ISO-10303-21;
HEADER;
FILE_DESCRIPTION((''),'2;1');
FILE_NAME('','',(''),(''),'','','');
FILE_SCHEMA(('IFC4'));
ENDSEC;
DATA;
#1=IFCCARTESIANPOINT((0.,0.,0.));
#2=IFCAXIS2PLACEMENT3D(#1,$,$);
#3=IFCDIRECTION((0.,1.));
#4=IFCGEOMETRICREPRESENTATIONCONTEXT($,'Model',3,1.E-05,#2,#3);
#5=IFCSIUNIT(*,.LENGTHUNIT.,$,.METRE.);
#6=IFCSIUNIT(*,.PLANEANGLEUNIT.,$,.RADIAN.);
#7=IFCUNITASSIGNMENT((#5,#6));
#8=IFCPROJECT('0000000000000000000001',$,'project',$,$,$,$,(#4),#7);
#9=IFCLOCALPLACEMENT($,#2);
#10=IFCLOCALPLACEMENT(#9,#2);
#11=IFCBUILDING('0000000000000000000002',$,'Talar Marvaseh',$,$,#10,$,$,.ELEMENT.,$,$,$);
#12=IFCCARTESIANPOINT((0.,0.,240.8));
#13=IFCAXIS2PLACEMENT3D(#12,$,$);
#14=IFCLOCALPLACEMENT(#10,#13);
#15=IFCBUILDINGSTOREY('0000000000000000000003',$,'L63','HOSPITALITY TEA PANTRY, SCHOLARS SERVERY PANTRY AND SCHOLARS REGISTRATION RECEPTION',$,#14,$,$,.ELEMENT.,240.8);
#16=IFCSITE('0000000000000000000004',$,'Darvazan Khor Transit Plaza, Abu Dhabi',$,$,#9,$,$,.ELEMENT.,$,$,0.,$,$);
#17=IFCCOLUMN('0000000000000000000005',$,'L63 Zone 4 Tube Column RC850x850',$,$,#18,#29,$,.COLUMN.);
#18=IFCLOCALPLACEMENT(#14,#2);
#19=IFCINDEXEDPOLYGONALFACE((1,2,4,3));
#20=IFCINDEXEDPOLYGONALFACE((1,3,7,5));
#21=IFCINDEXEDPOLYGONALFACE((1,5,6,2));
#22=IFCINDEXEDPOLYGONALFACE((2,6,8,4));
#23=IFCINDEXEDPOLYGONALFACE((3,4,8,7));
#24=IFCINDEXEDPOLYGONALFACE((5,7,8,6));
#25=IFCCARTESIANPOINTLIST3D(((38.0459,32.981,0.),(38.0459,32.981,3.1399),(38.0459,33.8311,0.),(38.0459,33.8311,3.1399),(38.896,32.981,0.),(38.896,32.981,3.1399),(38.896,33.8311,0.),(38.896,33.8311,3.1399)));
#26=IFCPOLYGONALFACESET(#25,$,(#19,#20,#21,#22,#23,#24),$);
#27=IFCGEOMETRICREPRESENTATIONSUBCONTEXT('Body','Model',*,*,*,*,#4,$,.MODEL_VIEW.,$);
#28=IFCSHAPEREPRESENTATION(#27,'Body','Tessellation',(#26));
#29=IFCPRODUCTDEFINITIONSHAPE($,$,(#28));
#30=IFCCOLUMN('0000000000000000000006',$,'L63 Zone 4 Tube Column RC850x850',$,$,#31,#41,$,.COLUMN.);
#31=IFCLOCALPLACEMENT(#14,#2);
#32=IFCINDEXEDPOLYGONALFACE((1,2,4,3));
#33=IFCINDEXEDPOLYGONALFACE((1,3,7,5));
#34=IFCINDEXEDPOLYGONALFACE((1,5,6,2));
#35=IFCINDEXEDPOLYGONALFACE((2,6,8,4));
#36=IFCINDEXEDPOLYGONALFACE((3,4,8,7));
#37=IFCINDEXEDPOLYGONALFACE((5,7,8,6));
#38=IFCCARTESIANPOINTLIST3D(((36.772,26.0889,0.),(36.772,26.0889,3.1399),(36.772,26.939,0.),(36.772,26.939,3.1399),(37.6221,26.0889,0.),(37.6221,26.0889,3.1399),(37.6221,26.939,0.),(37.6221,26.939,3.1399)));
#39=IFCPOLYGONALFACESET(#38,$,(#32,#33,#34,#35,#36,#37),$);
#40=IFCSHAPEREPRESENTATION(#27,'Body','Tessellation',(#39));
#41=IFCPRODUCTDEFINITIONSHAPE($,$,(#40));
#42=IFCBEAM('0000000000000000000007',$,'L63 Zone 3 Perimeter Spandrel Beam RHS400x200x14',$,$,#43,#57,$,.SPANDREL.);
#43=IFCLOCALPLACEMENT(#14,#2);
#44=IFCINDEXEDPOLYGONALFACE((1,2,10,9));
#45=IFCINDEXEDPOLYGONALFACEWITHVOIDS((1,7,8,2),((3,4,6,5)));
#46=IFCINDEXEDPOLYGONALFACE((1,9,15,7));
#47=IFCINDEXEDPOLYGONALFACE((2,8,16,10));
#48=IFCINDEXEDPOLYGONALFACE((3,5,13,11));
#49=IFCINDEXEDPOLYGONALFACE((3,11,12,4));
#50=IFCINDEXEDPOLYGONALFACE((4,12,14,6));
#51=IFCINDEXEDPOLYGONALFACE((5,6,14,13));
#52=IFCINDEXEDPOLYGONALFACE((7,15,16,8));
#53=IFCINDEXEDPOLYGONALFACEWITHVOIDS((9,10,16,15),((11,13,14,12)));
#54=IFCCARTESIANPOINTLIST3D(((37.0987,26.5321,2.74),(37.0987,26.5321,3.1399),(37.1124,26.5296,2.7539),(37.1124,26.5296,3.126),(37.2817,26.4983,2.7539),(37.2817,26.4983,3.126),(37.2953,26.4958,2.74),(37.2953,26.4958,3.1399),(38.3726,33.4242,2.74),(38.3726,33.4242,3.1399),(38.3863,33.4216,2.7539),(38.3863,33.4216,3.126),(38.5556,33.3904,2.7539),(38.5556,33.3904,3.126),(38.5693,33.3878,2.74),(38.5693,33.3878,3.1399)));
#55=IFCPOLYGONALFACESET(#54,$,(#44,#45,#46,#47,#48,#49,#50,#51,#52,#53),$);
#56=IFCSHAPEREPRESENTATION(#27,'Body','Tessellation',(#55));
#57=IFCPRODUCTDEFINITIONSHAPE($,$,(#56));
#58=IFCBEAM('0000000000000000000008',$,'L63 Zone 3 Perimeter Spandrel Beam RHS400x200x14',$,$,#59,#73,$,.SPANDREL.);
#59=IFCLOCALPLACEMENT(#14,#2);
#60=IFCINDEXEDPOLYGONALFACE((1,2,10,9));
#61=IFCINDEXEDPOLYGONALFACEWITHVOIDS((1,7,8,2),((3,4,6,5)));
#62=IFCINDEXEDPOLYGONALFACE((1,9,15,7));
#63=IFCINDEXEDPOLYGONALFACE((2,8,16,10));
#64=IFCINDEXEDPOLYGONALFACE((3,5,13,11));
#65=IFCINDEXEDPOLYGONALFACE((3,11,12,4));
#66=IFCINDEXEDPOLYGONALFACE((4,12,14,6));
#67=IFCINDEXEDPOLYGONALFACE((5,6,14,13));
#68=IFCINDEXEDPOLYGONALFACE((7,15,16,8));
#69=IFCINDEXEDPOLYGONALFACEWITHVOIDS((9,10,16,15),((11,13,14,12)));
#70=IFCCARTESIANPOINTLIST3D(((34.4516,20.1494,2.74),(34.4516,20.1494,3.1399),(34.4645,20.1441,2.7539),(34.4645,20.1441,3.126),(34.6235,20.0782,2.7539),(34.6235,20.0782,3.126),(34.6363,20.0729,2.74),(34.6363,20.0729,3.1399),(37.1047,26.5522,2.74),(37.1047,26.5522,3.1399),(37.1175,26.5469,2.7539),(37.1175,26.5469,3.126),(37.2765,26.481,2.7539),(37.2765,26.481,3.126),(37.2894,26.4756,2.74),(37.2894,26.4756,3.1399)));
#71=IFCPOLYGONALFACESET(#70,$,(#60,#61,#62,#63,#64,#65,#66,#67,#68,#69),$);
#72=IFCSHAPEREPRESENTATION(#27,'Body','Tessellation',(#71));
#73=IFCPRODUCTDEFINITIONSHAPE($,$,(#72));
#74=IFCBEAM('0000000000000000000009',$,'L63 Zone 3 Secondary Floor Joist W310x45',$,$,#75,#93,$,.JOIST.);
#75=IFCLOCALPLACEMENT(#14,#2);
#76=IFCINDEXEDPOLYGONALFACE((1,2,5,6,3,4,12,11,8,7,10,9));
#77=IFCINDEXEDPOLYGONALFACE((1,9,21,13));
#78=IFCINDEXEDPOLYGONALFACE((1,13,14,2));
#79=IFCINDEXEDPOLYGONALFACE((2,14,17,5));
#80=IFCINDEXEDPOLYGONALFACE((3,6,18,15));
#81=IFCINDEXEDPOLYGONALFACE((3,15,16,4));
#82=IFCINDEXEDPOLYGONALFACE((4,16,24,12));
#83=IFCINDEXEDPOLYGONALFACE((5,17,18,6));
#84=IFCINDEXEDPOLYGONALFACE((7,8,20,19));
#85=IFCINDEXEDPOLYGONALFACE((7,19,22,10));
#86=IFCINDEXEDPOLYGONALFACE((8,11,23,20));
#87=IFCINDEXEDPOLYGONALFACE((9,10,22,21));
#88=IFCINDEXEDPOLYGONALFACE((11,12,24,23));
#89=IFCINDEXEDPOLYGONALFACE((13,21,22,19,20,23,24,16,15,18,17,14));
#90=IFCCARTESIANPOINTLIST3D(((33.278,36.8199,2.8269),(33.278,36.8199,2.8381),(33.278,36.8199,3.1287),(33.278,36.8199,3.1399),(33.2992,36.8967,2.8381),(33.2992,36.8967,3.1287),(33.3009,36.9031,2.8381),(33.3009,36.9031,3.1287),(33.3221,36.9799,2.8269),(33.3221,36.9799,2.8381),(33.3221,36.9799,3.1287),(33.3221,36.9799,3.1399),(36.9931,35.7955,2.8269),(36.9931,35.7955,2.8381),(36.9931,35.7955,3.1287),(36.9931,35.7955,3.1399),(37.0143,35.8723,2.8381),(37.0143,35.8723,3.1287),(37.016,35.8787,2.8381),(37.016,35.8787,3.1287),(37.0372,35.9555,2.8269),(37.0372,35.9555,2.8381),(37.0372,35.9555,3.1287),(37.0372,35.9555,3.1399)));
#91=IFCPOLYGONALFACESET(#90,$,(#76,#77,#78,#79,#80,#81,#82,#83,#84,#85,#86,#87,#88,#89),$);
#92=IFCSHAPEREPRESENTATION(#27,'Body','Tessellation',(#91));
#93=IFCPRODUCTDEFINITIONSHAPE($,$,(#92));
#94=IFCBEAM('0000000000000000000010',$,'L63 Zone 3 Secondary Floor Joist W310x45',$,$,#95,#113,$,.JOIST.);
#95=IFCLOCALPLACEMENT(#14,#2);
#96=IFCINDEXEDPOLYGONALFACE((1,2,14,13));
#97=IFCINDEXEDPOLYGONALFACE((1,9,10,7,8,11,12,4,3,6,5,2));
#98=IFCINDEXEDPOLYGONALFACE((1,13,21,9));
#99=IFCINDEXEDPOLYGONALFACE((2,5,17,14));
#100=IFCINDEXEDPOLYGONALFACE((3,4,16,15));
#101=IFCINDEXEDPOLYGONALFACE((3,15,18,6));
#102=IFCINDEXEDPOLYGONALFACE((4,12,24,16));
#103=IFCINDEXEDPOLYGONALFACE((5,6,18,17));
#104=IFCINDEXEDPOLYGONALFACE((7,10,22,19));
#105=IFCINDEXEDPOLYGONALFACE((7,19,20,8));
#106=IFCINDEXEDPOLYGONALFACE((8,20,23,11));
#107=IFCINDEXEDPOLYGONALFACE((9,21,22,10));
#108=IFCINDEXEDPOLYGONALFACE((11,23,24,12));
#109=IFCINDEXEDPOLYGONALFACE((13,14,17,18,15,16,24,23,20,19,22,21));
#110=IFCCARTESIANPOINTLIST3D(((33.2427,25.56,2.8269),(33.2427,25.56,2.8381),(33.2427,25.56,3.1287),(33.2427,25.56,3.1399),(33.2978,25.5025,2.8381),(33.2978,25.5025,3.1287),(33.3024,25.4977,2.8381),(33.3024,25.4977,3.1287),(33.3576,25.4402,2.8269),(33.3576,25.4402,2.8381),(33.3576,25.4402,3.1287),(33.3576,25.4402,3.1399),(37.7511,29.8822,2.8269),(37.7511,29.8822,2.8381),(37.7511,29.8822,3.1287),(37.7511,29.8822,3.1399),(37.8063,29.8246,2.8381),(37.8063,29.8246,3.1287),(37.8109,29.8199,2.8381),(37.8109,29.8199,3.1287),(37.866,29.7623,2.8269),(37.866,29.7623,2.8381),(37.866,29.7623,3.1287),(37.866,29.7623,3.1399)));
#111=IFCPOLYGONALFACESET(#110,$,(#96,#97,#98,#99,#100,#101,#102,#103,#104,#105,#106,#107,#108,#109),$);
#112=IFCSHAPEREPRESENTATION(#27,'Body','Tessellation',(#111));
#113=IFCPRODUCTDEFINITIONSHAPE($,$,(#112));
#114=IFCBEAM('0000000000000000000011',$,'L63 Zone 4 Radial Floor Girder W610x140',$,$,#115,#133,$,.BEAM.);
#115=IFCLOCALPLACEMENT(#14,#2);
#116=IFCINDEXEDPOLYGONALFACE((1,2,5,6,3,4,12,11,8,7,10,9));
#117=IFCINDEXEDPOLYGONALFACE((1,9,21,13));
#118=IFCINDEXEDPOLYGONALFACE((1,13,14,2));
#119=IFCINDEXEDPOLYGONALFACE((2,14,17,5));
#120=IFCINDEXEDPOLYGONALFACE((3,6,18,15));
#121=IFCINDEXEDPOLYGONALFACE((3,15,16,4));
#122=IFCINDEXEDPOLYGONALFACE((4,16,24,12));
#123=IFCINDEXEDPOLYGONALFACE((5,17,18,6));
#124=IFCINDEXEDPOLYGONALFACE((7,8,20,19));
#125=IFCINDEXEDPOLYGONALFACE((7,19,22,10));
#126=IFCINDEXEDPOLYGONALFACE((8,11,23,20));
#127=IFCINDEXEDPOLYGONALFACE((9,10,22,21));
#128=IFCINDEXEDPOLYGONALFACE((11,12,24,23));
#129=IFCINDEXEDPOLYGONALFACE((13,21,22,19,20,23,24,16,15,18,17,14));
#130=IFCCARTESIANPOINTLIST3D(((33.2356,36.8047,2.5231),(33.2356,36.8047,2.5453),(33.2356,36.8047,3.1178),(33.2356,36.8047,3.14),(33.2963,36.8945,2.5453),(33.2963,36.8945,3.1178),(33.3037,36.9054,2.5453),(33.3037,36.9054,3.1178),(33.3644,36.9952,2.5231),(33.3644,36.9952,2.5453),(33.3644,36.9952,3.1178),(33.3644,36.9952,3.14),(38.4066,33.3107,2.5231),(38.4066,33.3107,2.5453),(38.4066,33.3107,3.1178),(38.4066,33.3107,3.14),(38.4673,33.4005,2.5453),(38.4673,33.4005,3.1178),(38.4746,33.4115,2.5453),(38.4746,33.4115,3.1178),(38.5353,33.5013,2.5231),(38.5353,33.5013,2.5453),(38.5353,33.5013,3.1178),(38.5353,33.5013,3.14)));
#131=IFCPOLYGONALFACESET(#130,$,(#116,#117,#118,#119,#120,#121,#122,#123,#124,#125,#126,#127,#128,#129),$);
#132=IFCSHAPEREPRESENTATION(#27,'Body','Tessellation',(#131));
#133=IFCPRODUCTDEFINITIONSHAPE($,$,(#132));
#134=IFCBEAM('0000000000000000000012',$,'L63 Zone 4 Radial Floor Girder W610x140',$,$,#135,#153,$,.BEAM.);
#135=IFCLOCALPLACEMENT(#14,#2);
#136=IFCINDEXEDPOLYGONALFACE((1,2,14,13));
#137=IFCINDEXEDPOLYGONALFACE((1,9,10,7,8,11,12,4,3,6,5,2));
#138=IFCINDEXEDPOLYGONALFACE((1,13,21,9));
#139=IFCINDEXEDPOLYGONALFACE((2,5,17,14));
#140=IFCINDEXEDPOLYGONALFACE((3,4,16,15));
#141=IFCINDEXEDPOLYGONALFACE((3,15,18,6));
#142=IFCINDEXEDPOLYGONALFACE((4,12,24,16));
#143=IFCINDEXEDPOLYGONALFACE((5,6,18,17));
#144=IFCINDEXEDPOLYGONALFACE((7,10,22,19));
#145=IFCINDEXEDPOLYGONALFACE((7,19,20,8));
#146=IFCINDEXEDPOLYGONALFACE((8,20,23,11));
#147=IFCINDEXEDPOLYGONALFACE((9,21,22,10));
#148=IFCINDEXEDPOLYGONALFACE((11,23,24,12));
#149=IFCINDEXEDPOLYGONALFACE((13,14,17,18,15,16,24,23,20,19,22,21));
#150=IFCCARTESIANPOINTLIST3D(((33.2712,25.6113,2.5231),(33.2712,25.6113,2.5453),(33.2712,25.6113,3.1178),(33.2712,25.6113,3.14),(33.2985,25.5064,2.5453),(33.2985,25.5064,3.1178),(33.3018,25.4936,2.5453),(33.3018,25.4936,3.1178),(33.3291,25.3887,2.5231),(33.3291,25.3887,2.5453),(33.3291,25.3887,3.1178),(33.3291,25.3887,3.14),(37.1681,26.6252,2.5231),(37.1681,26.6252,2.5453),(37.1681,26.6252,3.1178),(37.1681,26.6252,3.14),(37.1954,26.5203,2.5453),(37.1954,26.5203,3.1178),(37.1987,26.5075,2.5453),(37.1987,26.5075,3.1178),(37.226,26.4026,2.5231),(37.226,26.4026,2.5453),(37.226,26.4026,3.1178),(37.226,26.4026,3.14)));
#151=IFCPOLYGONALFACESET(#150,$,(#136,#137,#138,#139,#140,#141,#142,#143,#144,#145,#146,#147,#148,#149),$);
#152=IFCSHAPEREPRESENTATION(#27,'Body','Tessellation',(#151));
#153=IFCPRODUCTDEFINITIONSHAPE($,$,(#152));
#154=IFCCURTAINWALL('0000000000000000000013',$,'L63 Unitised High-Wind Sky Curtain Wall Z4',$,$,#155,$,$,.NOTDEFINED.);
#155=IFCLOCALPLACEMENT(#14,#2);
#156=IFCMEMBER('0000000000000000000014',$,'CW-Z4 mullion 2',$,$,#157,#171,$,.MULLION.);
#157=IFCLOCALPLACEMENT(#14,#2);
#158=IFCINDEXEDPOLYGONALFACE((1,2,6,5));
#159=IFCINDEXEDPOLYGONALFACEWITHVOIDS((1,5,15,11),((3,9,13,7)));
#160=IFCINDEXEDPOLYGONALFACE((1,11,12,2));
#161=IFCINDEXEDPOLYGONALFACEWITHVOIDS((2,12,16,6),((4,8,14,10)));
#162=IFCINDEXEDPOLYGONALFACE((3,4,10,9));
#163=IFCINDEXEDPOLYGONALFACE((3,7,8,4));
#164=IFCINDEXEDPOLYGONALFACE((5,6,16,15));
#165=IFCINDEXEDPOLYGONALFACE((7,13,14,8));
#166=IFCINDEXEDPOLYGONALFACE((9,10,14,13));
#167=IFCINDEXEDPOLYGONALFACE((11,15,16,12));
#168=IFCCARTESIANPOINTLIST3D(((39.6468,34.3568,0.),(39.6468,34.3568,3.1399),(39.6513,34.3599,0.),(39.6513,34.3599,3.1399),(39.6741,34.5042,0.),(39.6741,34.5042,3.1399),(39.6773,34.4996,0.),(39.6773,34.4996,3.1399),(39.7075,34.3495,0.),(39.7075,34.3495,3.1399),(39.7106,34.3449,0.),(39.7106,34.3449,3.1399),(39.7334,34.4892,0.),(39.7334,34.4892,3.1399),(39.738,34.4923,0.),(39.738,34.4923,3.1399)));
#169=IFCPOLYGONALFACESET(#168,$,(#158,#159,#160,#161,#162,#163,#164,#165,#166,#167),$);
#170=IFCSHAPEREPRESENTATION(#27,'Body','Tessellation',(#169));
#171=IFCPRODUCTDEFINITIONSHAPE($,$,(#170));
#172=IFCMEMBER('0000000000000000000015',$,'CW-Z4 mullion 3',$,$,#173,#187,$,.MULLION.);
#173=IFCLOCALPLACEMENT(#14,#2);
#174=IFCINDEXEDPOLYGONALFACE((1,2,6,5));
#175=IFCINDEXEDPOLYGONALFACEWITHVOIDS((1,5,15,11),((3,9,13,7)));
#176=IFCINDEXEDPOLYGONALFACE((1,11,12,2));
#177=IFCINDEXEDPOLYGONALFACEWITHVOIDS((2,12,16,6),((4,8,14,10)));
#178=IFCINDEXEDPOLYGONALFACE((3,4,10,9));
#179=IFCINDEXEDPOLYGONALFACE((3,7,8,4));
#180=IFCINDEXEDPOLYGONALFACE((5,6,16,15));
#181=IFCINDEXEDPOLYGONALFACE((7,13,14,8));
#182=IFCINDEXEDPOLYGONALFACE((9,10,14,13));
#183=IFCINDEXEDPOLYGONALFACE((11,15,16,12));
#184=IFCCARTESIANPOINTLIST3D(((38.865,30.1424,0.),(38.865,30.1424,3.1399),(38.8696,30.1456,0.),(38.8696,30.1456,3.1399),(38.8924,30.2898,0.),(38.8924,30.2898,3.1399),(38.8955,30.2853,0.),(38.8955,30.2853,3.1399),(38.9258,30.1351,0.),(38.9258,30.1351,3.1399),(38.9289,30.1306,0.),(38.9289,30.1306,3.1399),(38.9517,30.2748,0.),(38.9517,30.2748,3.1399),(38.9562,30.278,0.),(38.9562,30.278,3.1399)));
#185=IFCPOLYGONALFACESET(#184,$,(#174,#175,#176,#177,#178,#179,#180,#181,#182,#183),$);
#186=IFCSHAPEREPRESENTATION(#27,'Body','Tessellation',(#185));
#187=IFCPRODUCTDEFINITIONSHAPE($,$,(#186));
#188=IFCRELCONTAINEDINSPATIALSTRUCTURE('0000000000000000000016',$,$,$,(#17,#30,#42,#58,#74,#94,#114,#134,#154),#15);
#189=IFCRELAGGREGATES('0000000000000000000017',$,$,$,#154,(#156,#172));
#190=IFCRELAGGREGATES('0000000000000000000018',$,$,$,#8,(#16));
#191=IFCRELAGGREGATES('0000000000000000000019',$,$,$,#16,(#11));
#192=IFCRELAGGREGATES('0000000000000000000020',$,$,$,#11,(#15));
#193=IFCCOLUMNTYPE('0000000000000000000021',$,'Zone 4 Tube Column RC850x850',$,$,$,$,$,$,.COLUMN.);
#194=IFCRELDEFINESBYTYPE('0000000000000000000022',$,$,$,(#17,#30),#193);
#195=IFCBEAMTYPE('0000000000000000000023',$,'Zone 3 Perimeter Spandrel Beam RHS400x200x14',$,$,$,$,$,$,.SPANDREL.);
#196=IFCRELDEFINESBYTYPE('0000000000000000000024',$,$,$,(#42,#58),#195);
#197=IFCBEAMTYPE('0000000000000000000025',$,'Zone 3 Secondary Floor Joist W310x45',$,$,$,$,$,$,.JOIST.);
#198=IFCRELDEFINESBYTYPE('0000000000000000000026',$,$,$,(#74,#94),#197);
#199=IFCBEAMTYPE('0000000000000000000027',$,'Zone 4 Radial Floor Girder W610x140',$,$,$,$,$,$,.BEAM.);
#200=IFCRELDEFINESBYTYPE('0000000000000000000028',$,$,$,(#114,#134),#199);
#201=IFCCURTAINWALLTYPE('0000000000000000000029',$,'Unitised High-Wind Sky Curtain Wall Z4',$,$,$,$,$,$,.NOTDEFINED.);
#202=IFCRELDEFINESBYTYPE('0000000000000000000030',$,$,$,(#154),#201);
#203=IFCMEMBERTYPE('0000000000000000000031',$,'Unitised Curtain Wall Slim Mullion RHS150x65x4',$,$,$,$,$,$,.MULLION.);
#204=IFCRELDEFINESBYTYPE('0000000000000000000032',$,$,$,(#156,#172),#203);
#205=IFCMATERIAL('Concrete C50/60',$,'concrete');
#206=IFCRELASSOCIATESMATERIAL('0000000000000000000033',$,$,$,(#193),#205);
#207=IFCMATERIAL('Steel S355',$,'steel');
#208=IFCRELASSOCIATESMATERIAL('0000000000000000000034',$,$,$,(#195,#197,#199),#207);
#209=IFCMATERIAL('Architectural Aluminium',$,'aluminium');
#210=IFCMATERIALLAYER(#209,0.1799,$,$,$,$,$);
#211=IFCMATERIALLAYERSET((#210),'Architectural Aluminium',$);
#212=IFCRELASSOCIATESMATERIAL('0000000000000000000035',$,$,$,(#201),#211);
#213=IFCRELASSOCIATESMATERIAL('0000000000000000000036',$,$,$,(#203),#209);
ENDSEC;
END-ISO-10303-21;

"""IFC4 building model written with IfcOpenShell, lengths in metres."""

from ifc_helpers import new_model, si_unit, direction, frame, origin, origin_2d, place, context, subcontext, project, spatial, rectangle, hollow_rectangle, i_section, extrude, source, transform, mapped, material, layer, layer_set, material_profile, profile_set, type_object, type_shapes, element, aggregate, save


model = new_model("IFC4")

# Units and contexts
model_context = context("Model", 3, precision=1e-05, world=origin(), true_north=direction((0.0, 1.0)))
body_context = subcontext(model_context, "Body", "Model", "MODEL_VIEW")
ifc_project = project(units=[si_unit("LENGTHUNIT", "METRE"), si_unit("PLANEANGLEUNIT", "RADIAN")], contexts=[model_context])

# Site, building, storey
site_placement = place(None, origin())
site = spatial("IfcSite", under=ifc_project, at=site_placement, Name="Darvazan Khor Transit Plaza, Abu Dhabi", CompositionType="ELEMENT", RefElevation=0.0)
building_placement = place(site_placement, origin())
building = spatial("IfcBuilding", under=site, at=building_placement, Name="Talar Marvaseh", CompositionType="ELEMENT")
storey_placement = place(building_placement, frame((0.0, 0.0, 240.8)))
storey = spatial("IfcBuildingStorey", under=building, at=storey_placement, Name="L63", Description="HOSPITALITY TEA PANTRY, SCHOLARS SERVERY PANTRY AND SCHOLARS REGISTRATION RECEPTION", CompositionType="ELEMENT", Elevation=240.8)

# Columns
ifc_material_1 = material(Name="Concrete C50/60", Category="concrete")
ifc_material_profile_1 = material_profile(ifc_material_1, rectangle(XDim=0.8501, YDim=0.8501, at=origin_2d()), Name="RC850x850")
ifc_profile_set_1 = profile_set([ifc_material_profile_1], Name="Concrete C50/60")
column_type = type_object("IfcColumnType", Name="Zone 4 Tube Column RC850x850", PredefinedType="COLUMN", material=ifc_profile_set_1)
for number, where, z_axis, x_axis, name in (
    (1, (38.4709, 33.406, 0.0), (0.0, 0.0, 1.0), (1.0, 0.0, 0.0), "L63 Zone 4 Tube Column RC850x850"),
    (2, (37.197, 26.5139, 0.0), (0.0, 0.0, 1.0), (1.0, 0.0, 0.0), "L63 Zone 4 Tube Column RC850x850"),
):
    element("IfcColumn", number, at=place(storey_placement, frame(where, z_axis=z_axis, x_axis=x_axis)), inside=storey, type_object=column_type, Name=name, PredefinedType="COLUMN", context=body_context, shape_type="SweptSolid", body=[
        extrude(rectangle(XDim=0.8501, YDim=0.8501, at=origin_2d()), origin(), (0.0, 0.0, 1.0), 3.1399),
    ])

# Beams
ifc_material_2 = material(Name="Steel S355", Category="steel")
ifc_material_profile_2 = material_profile(ifc_material_2, hollow_rectangle(XDim=0.2, YDim=0.3999, WallThickness=0.0139, at=origin_2d()), Name="RHS400x200x14")
ifc_profile_set_2 = profile_set([ifc_material_profile_2], Name="Steel S355")
beam_type_1 = type_object("IfcBeamType", Name="Zone 3 Perimeter Spandrel Beam RHS400x200x14", PredefinedType="SPANDREL", material=ifc_profile_set_2)
beam_1_placement = place(storey_placement, frame((38.4709, 33.406, 2.9399), z_axis=(-0.18176, -0.983343, 0.0), x_axis=(0.983343, -0.18176, 0.0)))
element("IfcBeam", 3, at=beam_1_placement, inside=storey, type_object=beam_type_1, Name="L63 Zone 3 Perimeter Spandrel Beam RHS400x200x14", PredefinedType="SPANDREL", context=body_context, shape_type="SweptSolid", body=[
    extrude(hollow_rectangle(XDim=0.2, YDim=0.3999, WallThickness=0.0139, at=origin_2d()), origin(), (0.0, 0.0, 1.0), 7.0088),
])
beam_2_placement = place(storey_placement, frame((37.197, 26.5139, 2.9399), z_axis=(-0.382799, -0.923832, 0.0), x_axis=(0.923832, -0.382799, 0.0)))
element("IfcBeam", 4, at=beam_2_placement, inside=storey, type_object=beam_type_1, Name="L63 Zone 3 Perimeter Spandrel Beam RHS400x200x14", PredefinedType="SPANDREL", context=body_context, shape_type="SweptSolid", body=[
    extrude(hollow_rectangle(XDim=0.2, YDim=0.3999, WallThickness=0.0139, at=origin_2d()), origin(), (0.0, 0.0, 1.0), 6.9307),
])
ifc_material_profile_3 = material_profile(ifc_material_2, i_section(OverallWidth=0.166, OverallDepth=0.313, WebThickness=0.0066, FlangeThickness=0.0112, at=origin_2d()), Name="W310x45")
ifc_profile_set_3 = profile_set([ifc_material_profile_3], Name="Steel S355")
beam_type_2 = type_object("IfcBeamType", Name="Zone 3 Secondary Floor Joist W310x45", PredefinedType="JOIST", material=ifc_profile_set_3)
beam_3_placement = place(storey_placement, frame((37.0151, 35.8755, 2.9834), z_axis=(-0.964022, 0.265823, 0.0), x_axis=(-0.265823, -0.964022, 0.0)))
element("IfcBeam", 5, at=beam_3_placement, inside=storey, type_object=beam_type_2, Name="L63 Zone 3 Secondary Floor Joist W310x45", PredefinedType="JOIST", context=body_context, shape_type="SweptSolid", body=[
    extrude(i_section(OverallWidth=0.166, OverallDepth=0.313, WebThickness=0.0066, FlangeThickness=0.0112, at=origin_2d()), origin(), (0.0, 0.0, 1.0), 3.8538),
])
beam_4_placement = place(storey_placement, frame((37.8086, 29.8223, 2.9834), z_axis=(-0.721862, -0.692037, 0.0), x_axis=(0.692037, -0.721862, 0.0)))
element("IfcBeam", 6, at=beam_4_placement, inside=storey, type_object=beam_type_2, Name="L63 Zone 3 Secondary Floor Joist W310x45", PredefinedType="JOIST", context=body_context, shape_type="SweptSolid", body=[
    extrude(i_section(OverallWidth=0.166, OverallDepth=0.313, WebThickness=0.0066, FlangeThickness=0.0112, at=origin_2d()), origin(), (0.0, 0.0, 1.0), 6.2456),
])
ifc_material_profile_4 = material_profile(ifc_material_2, i_section(OverallWidth=0.23, OverallDepth=0.6169, WebThickness=0.0132, FlangeThickness=0.0222, at=origin_2d()), Name="W610x140")
ifc_profile_set_4 = profile_set([ifc_material_profile_4], Name="Steel S355")
beam_type_3 = type_object("IfcBeamType", Name="Zone 4 Radial Floor Girder W610x140", PredefinedType="BEAM", material=ifc_profile_set_4)
beam_5_placement = place(storey_placement, frame((38.4709, 33.406, 2.8315), z_axis=(-0.828586, 0.559862, 0.0), x_axis=(-0.559862, -0.828586, 0.0)))
element("IfcBeam", 7, at=beam_5_placement, inside=storey, type_object=beam_type_3, Name="L63 Zone 4 Radial Floor Girder W610x140", PredefinedType="BEAM", context=body_context, shape_type="SweptSolid", body=[
    extrude(i_section(OverallWidth=0.23, OverallDepth=0.6169, WebThickness=0.0132, FlangeThickness=0.0222, at=origin_2d()), origin(), (0.0, 0.0, 1.0), 6.2407),
])
beam_6_placement = place(storey_placement, frame((37.197, 26.5139, 2.8315), z_axis=(-0.96778, -0.251797, 0.0), x_axis=(0.251797, -0.96778, 0.0)))
element("IfcBeam", 8, at=beam_6_placement, inside=storey, type_object=beam_type_3, Name="L63 Zone 4 Radial Floor Girder W610x140", PredefinedType="BEAM", context=body_context, shape_type="SweptSolid", body=[
    extrude(i_section(OverallWidth=0.23, OverallDepth=0.6169, WebThickness=0.0132, FlangeThickness=0.0222, at=origin_2d()), origin(), (0.0, 0.0, 1.0), 4.0266),
])

# Curtain wall, members
ifc_material_3 = material(Name="Architectural Aluminium", Category="aluminium")
ifc_layer_1 = layer(ifc_material_3, 0.1799)
ifc_layer_set_1 = layer_set([ifc_layer_1], Name="Architectural Aluminium")
curtain_wall_type = type_object("IfcCurtainWallType", Name="Unitised High-Wind Sky Curtain Wall Z4", PredefinedType="NOTDEFINED", material=ifc_layer_set_1)
curtain_wall_placement = place(storey_placement, origin())
curtain_wall = element("IfcCurtainWall", 9, at=curtain_wall_placement, inside=storey, type_object=curtain_wall_type, Name="L63 Unitised High-Wind Sky Curtain Wall Z4", PredefinedType="NOTDEFINED")
ifc_material_profile_5 = material_profile(ifc_material_3, hollow_rectangle(XDim=0.0649, YDim=0.1499, WallThickness=0.0039, at=origin_2d()), Name="RHS150x65x4")
ifc_profile_set_5 = profile_set([ifc_material_profile_5], Name="Architectural Aluminium")
member_type_1 = type_object("IfcMemberType", Name="Unitised Curtain Wall Slim Mullion RHS150x65x4", PredefinedType="MULLION", material=ifc_profile_set_5)
shared_shape_1 = source(origin(), body_context, "Body", "SweptSolid", [
    extrude(hollow_rectangle(XDim=0.0649, YDim=0.1499, WallThickness=0.0039, at=origin_2d()), origin(), (0.0, 0.0, 1.0), 3.1399),
])
type_shapes(member_type_1, [shared_shape_1])
member_1_placement = place(storey_placement, frame((39.6924, 34.4246, 0.0), z_axis=(0.0, 0.0, 1.0), x_axis=(0.983227, -0.182386, 0.0)))
member_1 = element("IfcMember", 10, at=member_1_placement, type_object=member_type_1, Name="CW-Z4 mullion 2", PredefinedType="MULLION", context=body_context, shape_type="MappedRepresentation", body=[
    mapped(shared_shape_1, transform((0.0, 0.0, 0.0), x_axis=(1.0, 0.0, 0.0), y_axis=(0.0, 1.0, 0.0), z_axis=(0.0, 0.0, 1.0), scale=1.0)),
])
member_2_placement = place(storey_placement, frame((38.9106, 30.2102, 0.0), z_axis=(0.0, 0.0, 1.0), x_axis=(0.983227, -0.182386, 0.0)))
member_2 = element("IfcMember", 11, at=member_2_placement, type_object=member_type_1, Name="CW-Z4 mullion 3", PredefinedType="MULLION", context=body_context, shape_type="MappedRepresentation", body=[
    mapped(shared_shape_1, transform((0.0, 0.0, 0.0), x_axis=(1.0, 0.0, 0.0), y_axis=(0.0, 1.0, 0.0), z_axis=(0.0, 0.0, 1.0), scale=1.0)),
])
aggregate(curtain_wall, [member_1, member_2])

save(model, "model.ifc")
